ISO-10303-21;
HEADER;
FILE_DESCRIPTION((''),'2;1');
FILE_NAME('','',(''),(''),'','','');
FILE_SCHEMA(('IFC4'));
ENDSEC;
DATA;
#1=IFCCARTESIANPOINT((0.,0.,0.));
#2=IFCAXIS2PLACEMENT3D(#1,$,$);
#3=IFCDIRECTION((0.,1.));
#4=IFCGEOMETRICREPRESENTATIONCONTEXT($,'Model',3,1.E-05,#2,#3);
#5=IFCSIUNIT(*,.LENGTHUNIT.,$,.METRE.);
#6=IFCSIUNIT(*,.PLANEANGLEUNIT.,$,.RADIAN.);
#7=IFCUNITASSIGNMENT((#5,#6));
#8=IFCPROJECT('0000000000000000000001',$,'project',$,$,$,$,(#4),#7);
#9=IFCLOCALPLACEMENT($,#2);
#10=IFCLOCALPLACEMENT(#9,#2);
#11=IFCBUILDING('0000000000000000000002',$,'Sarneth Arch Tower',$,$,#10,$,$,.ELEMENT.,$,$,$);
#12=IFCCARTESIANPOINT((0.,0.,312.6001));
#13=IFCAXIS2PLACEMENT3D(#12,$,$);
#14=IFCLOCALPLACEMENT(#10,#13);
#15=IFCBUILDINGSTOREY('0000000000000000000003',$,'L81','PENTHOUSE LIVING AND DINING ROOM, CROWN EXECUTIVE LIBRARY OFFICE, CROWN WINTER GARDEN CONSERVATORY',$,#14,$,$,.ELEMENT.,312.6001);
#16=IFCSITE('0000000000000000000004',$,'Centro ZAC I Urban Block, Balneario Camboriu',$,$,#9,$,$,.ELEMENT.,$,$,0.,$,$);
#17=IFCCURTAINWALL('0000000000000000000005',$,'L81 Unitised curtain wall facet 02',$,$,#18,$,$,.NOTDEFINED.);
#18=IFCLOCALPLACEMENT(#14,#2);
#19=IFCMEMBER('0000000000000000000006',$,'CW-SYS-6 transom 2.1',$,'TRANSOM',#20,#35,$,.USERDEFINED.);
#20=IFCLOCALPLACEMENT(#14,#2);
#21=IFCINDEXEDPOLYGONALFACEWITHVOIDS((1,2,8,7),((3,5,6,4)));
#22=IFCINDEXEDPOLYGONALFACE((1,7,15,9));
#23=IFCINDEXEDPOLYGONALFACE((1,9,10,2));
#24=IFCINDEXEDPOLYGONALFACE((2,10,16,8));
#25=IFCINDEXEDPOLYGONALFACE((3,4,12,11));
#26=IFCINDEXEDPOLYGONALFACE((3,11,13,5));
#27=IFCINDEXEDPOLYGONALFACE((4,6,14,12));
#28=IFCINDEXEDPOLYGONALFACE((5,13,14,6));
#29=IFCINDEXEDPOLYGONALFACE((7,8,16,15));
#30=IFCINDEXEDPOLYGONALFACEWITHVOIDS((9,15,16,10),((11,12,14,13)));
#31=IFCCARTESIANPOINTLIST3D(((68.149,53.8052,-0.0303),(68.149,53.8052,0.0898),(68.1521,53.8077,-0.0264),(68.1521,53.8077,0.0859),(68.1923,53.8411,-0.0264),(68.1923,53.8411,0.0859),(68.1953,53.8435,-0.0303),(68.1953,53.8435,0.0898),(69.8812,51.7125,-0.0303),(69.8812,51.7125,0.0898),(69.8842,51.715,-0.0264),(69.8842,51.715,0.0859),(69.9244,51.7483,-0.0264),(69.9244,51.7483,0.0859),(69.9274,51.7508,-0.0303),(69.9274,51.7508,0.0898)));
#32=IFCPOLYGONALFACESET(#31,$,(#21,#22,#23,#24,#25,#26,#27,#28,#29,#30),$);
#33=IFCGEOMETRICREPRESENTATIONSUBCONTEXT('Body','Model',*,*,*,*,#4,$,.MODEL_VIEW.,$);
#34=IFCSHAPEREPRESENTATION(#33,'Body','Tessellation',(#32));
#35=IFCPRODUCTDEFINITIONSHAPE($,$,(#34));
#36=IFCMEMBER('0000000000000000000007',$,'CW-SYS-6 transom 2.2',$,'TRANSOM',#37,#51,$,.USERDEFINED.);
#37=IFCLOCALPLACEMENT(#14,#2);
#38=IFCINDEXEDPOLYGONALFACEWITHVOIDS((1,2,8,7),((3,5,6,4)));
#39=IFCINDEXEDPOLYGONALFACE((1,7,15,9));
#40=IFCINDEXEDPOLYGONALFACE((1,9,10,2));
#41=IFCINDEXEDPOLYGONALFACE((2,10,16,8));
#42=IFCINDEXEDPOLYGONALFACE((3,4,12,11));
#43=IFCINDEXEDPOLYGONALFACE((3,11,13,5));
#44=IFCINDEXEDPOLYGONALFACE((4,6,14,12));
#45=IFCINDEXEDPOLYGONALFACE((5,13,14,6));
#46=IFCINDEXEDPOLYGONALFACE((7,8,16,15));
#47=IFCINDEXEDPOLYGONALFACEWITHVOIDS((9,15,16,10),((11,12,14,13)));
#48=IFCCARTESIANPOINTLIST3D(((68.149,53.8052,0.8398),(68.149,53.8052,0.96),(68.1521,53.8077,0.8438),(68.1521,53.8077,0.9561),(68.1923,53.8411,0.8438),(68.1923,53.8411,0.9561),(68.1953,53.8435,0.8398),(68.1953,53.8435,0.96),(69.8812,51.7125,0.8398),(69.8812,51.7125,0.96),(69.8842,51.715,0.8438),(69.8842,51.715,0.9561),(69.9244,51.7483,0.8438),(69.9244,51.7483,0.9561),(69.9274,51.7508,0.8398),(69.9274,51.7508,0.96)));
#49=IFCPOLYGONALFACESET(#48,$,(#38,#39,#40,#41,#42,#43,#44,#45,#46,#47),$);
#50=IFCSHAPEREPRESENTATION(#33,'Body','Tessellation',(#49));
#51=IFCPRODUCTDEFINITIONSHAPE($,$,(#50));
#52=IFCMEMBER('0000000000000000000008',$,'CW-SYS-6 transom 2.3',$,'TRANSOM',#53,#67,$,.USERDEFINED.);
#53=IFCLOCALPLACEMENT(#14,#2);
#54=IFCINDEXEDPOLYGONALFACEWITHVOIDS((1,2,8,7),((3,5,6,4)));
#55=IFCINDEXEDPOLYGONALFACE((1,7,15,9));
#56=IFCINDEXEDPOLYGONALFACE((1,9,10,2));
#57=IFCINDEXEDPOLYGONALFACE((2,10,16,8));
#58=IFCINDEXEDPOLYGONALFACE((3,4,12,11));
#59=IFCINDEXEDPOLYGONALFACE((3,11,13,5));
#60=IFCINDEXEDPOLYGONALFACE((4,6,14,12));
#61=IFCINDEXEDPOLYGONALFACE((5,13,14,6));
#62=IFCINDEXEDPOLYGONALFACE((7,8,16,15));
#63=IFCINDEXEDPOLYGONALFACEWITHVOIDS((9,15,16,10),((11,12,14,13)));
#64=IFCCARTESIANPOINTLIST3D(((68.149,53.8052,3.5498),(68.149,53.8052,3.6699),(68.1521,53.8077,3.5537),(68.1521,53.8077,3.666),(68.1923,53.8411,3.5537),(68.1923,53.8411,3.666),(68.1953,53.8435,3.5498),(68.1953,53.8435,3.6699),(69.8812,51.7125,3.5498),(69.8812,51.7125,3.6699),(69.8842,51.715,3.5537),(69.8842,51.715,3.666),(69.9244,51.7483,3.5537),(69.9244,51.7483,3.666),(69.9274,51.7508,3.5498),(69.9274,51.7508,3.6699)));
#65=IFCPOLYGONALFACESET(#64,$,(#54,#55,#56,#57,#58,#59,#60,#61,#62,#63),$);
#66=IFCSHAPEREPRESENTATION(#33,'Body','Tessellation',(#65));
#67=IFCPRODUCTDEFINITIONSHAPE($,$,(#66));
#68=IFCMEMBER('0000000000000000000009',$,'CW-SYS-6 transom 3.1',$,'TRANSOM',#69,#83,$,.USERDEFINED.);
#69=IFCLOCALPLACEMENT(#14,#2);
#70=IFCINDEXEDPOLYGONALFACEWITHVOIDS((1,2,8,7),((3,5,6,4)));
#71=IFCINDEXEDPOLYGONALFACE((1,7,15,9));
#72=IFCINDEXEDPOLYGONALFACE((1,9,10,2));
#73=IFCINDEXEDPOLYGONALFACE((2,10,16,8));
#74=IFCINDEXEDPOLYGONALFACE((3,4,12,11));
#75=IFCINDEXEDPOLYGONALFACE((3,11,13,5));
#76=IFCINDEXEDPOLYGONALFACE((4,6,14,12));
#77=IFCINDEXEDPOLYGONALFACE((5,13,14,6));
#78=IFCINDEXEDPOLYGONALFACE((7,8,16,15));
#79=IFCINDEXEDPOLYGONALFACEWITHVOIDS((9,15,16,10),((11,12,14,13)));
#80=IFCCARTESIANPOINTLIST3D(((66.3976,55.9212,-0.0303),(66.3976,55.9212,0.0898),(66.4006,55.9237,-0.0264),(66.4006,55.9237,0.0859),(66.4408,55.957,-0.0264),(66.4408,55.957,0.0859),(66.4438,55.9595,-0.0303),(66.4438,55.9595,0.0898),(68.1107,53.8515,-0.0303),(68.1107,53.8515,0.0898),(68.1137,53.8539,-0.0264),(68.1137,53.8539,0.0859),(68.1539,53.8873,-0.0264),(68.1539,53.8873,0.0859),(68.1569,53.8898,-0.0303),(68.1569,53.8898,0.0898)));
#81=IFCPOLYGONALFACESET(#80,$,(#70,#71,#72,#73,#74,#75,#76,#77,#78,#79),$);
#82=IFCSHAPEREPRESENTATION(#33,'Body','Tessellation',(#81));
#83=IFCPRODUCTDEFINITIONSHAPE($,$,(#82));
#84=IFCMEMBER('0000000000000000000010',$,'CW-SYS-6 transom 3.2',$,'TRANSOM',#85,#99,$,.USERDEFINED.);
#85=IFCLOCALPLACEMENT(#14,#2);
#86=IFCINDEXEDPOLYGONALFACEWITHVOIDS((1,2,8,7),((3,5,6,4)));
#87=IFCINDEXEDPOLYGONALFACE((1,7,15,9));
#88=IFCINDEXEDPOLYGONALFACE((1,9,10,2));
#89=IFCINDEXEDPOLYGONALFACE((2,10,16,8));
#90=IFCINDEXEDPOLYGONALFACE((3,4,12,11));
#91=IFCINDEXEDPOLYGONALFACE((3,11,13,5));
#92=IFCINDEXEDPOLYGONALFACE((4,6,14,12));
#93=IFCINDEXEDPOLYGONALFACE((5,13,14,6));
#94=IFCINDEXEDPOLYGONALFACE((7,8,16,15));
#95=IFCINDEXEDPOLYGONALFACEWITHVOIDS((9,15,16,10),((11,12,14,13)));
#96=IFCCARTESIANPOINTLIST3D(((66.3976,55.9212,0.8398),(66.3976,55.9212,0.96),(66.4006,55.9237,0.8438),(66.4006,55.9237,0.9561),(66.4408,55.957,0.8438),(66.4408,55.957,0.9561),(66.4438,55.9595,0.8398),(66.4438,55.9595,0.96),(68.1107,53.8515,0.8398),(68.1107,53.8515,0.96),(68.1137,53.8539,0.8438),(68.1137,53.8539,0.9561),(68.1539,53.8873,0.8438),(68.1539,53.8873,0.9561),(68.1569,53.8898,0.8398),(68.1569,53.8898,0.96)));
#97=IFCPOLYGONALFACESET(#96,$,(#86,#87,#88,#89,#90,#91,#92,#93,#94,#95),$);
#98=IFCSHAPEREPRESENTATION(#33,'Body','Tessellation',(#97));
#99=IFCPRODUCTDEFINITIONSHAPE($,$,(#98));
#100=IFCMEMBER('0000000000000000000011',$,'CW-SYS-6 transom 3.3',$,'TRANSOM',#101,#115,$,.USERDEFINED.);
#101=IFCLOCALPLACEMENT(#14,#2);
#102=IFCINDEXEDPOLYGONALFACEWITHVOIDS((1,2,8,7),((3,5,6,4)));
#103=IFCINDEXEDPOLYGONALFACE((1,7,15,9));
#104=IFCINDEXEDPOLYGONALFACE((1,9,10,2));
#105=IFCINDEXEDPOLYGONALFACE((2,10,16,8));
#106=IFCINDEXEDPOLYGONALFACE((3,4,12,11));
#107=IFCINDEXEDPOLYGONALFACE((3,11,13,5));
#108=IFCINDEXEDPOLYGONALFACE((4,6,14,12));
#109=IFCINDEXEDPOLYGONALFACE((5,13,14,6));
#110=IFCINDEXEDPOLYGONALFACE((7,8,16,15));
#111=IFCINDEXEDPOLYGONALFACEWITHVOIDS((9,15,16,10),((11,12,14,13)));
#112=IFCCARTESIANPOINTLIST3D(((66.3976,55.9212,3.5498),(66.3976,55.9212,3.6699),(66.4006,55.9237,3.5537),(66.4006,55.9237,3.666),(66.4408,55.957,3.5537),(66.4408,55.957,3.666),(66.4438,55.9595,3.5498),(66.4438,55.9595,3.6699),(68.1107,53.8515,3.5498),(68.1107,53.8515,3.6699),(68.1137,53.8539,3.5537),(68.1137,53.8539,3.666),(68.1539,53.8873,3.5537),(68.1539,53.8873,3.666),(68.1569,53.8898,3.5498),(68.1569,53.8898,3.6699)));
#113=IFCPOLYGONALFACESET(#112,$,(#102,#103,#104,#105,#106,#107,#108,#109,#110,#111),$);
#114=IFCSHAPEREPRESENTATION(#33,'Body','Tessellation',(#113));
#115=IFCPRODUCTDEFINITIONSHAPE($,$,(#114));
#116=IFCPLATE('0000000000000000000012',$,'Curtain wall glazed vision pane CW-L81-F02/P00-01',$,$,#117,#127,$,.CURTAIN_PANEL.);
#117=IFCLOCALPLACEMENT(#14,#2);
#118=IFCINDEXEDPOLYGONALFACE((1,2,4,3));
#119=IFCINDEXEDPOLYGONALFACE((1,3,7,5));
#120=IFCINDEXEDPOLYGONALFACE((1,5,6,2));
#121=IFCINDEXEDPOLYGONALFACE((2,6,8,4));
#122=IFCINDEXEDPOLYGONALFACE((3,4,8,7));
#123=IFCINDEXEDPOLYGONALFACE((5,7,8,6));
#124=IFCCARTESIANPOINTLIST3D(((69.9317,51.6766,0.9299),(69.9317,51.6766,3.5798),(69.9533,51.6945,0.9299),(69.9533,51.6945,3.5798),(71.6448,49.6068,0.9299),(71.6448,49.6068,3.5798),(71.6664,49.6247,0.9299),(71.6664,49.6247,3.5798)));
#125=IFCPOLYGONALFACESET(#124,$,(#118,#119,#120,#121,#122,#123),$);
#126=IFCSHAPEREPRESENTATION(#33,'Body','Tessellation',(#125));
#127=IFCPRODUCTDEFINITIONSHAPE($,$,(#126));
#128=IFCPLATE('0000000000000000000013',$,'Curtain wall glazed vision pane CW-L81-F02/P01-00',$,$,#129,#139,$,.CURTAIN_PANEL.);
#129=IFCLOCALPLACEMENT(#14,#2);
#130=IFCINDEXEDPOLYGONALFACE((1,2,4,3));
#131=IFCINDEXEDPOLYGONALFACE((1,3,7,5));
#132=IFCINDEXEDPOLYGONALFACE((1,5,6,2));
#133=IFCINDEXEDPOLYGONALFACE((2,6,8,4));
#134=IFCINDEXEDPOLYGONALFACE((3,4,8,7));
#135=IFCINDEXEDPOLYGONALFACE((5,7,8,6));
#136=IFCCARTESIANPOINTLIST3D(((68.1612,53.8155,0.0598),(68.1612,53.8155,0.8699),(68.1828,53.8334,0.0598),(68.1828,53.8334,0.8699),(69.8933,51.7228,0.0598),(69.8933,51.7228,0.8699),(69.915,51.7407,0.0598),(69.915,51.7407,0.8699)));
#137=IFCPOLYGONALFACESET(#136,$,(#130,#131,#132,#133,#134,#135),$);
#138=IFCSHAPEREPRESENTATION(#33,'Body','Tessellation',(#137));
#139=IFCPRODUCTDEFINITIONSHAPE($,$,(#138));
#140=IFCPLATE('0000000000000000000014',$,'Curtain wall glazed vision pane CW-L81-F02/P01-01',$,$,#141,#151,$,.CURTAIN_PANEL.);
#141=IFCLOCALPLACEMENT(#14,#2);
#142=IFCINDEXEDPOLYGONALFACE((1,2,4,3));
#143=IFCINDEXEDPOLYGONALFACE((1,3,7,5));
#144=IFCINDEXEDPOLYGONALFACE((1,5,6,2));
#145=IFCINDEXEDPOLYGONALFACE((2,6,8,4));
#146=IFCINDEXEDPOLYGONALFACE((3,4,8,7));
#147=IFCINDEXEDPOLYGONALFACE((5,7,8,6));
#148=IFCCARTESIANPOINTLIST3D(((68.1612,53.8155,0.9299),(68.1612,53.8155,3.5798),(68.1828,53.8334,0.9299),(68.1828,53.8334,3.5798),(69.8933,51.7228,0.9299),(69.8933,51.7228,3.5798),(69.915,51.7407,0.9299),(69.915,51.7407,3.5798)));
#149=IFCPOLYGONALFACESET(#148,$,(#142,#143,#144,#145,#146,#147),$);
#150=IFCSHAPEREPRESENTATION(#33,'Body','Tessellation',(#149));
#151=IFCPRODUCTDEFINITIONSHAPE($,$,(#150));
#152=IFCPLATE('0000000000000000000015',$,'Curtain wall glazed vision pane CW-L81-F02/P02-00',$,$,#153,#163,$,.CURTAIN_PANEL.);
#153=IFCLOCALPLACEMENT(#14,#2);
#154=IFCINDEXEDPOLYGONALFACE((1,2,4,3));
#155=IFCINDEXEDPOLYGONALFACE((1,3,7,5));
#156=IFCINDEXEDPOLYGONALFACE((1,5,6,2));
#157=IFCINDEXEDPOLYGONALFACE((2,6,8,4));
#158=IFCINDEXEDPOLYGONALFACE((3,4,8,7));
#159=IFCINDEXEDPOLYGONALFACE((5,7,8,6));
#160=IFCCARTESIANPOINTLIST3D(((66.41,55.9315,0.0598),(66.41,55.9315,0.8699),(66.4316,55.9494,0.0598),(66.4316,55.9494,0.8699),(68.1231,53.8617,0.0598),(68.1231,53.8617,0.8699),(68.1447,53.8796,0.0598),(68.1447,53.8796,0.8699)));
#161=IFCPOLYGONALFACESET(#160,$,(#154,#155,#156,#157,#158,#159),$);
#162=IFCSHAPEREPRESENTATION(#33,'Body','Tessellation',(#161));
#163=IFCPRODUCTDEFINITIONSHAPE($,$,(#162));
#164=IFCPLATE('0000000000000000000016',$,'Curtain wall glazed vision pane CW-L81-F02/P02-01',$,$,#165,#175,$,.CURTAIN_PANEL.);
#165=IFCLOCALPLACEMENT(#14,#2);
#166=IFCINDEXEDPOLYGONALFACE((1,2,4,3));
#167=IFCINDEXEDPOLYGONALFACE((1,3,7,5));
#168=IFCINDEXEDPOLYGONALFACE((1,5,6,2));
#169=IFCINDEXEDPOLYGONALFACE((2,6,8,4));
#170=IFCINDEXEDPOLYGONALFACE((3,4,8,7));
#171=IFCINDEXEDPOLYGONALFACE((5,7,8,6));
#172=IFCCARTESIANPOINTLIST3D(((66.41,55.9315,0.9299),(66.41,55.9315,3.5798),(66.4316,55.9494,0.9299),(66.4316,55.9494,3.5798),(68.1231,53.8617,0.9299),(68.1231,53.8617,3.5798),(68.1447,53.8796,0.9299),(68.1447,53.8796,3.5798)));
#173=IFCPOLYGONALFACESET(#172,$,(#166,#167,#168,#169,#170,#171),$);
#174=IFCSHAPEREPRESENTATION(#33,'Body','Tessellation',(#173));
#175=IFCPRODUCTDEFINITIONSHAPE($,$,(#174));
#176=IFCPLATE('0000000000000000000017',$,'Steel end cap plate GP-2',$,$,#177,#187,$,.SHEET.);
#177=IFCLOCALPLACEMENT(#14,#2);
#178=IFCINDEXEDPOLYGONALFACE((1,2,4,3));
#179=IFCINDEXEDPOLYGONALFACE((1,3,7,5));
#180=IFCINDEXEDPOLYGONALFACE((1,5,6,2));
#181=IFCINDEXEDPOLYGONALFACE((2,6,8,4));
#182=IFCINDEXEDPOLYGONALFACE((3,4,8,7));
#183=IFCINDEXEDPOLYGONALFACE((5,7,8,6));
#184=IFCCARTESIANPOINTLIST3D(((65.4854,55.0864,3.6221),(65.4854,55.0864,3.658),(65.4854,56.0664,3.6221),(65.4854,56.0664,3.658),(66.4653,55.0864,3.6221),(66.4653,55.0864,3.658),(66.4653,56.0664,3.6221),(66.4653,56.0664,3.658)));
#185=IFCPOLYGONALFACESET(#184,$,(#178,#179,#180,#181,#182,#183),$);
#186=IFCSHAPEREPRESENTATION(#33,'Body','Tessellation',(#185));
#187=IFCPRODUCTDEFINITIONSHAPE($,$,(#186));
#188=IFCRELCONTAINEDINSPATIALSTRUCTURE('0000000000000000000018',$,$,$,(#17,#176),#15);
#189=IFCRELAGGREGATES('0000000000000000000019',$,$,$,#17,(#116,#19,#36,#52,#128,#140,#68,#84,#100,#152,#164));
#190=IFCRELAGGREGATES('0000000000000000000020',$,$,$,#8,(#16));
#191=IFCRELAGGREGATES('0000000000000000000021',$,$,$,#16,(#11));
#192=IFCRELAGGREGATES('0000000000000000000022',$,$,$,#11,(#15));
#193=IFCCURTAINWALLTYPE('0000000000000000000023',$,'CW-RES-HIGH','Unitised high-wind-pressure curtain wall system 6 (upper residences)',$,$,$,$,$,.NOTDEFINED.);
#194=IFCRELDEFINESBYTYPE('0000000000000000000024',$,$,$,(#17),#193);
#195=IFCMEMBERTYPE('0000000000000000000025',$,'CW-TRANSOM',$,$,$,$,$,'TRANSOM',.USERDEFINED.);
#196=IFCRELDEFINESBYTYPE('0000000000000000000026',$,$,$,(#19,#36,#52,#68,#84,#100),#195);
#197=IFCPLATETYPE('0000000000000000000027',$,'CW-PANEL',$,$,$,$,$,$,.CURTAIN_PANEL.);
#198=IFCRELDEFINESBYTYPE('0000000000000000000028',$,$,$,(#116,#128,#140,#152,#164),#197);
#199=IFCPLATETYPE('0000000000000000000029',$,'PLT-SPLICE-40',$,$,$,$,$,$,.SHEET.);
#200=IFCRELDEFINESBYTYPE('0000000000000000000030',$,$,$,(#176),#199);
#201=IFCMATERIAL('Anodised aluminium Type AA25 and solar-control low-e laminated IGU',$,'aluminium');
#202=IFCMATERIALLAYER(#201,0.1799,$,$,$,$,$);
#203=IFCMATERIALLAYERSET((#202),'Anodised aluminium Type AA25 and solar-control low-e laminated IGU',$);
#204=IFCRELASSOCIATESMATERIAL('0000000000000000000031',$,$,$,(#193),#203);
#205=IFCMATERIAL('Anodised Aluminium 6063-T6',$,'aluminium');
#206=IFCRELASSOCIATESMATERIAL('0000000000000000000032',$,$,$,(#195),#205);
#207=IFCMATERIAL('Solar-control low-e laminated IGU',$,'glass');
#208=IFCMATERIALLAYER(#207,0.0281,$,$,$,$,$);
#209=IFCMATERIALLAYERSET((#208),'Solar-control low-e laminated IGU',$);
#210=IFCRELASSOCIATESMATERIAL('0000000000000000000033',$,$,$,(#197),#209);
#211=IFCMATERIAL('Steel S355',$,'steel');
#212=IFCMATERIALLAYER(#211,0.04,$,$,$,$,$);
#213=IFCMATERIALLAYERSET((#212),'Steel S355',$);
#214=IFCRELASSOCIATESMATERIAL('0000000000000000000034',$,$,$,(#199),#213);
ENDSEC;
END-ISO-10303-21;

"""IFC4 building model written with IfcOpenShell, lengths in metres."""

from ifc_helpers import new_model, si_unit, direction, frame, origin, origin_2d, place, context, subcontext, project, spatial, rectangle, hollow_rectangle, extrude, material, layer, layer_set, material_profile, profile_set, type_object, element, aggregate, save


model = new_model("IFC4")

# Units and contexts
model_context = context("Model", 3, precision=1e-05, world=origin(), true_north=direction((0.0, 1.0)))
body_context = subcontext(model_context, "Body", "Model", "MODEL_VIEW")
ifc_project = project(units=[si_unit("LENGTHUNIT", "METRE"), si_unit("PLANEANGLEUNIT", "RADIAN")], contexts=[model_context])

# Site, building, storey
site_placement = place(None, origin())
site = spatial("IfcSite", under=ifc_project, at=site_placement, Name="Centro ZAC I Urban Block, Balneario Camboriu", CompositionType="ELEMENT", RefElevation=0.0)
building_placement = place(site_placement, origin())
building = spatial("IfcBuilding", under=site, at=building_placement, Name="Sarneth Arch Tower", CompositionType="ELEMENT")
storey_placement = place(building_placement, frame((0.0, 0.0, 312.6001)))
storey = spatial("IfcBuildingStorey", under=building, at=storey_placement, Name="L81", Description="PENTHOUSE LIVING AND DINING ROOM, CROWN EXECUTIVE LIBRARY OFFICE, CROWN WINTER GARDEN CONSERVATORY", CompositionType="ELEMENT", Elevation=312.6001)

# Curtain wall, members, plates
ifc_material_1 = material(Name="Anodised aluminium Type AA25 and solar-control low-e laminated IGU", Category="aluminium")
ifc_layer_1 = layer(ifc_material_1, 0.1799)
ifc_layer_set_1 = layer_set([ifc_layer_1], Name="Anodised aluminium Type AA25 and solar-control low-e laminated IGU")
curtain_wall_type = type_object("IfcCurtainWallType", Name="CW-RES-HIGH", Description="Unitised high-wind-pressure curtain wall system 6 (upper residences)", PredefinedType="NOTDEFINED", material=ifc_layer_set_1)
curtain_wall_placement = place(storey_placement, origin())
curtain_wall = element("IfcCurtainWall", 1, at=curtain_wall_placement, inside=storey, type_object=curtain_wall_type, Name="L81 Unitised curtain wall facet 02", PredefinedType="NOTDEFINED")
ifc_material_2 = material(Name="Anodised Aluminium 6063-T6", Category="aluminium")
ifc_material_profile_1 = material_profile(ifc_material_2, hollow_rectangle(XDim=0.0601, YDim=0.1201, WallThickness=0.0039, at=origin_2d()), Name="AL-TRAN-120x60x4")
ifc_profile_set_1 = profile_set([ifc_material_profile_1], Name="Anodised Aluminium 6063-T6")
member_type_1 = type_object("IfcMemberType", Name="CW-TRANSOM", ElementType="TRANSOM", PredefinedType="USERDEFINED", material=ifc_profile_set_1)
member_1_placement = place(storey_placement, frame((69.9043, 51.7317, 0.0298), z_axis=(-0.637617, 0.770353, 0.0), x_axis=(-0.770353, -0.637617, 0.0)))
member_1 = element("IfcMember", 2, at=member_1_placement, type_object=member_type_1, Name="CW-SYS-6 transom 2.1", ObjectType="TRANSOM", PredefinedType="USERDEFINED", context=body_context, shape_type="SweptSolid", body=[
    extrude(hollow_rectangle(XDim=0.0601, YDim=0.1201, WallThickness=0.0039, at=origin_2d()), origin(), (0.0, 0.0, 1.0), 2.7166),
])
member_2_placement = place(storey_placement, frame((69.9043, 51.7317, 0.8999), z_axis=(-0.637617, 0.770353, 0.0), x_axis=(-0.770353, -0.637617, 0.0)))
member_2 = element("IfcMember", 3, at=member_2_placement, type_object=member_type_1, Name="CW-SYS-6 transom 2.2", ObjectType="TRANSOM", PredefinedType="USERDEFINED", context=body_context, shape_type="SweptSolid", body=[
    extrude(hollow_rectangle(XDim=0.0601, YDim=0.1201, WallThickness=0.0039, at=origin_2d()), origin(), (0.0, 0.0, 1.0), 2.7166),
])
member_3_placement = place(storey_placement, frame((69.9043, 51.7317, 3.6099), z_axis=(-0.637617, 0.770353, 0.0), x_axis=(-0.770353, -0.637617, 0.0)))
member_3 = element("IfcMember", 4, at=member_3_placement, type_object=member_type_1, Name="CW-SYS-6 transom 2.3", ObjectType="TRANSOM", PredefinedType="USERDEFINED", context=body_context, shape_type="SweptSolid", body=[
    extrude(hollow_rectangle(XDim=0.0601, YDim=0.1201, WallThickness=0.0039, at=origin_2d()), origin(), (0.0, 0.0, 1.0), 2.7166),
])
member_4_placement = place(storey_placement, frame((68.1338, 53.8706, 0.0298), z_axis=(-0.637607, 0.770362, 0.0), x_axis=(-0.770362, -0.637607, 0.0)))
member_4 = element("IfcMember", 5, at=member_4_placement, type_object=member_type_1, Name="CW-SYS-6 transom 3.1", ObjectType="TRANSOM", PredefinedType="USERDEFINED", context=body_context, shape_type="SweptSolid", body=[
    extrude(hollow_rectangle(XDim=0.0601, YDim=0.1201, WallThickness=0.0039, at=origin_2d()), origin(), (0.0, 0.0, 1.0), 2.6868),
])
member_5_placement = place(storey_placement, frame((68.1338, 53.8706, 0.8999), z_axis=(-0.637607, 0.770362, 0.0), x_axis=(-0.770362, -0.637607, 0.0)))
member_5 = element("IfcMember", 6, at=member_5_placement, type_object=member_type_1, Name="CW-SYS-6 transom 3.2", ObjectType="TRANSOM", PredefinedType="USERDEFINED", context=body_context, shape_type="SweptSolid", body=[
    extrude(hollow_rectangle(XDim=0.0601, YDim=0.1201, WallThickness=0.0039, at=origin_2d()), origin(), (0.0, 0.0, 1.0), 2.6868),
])
member_6_placement = place(storey_placement, frame((68.1338, 53.8706, 3.6099), z_axis=(-0.637607, 0.770362, 0.0), x_axis=(-0.770362, -0.637607, 0.0)))
member_6 = element("IfcMember", 7, at=member_6_placement, type_object=member_type_1, Name="CW-SYS-6 transom 3.3", ObjectType="TRANSOM", PredefinedType="USERDEFINED", context=body_context, shape_type="SweptSolid", body=[
    extrude(hollow_rectangle(XDim=0.0601, YDim=0.1201, WallThickness=0.0039, at=origin_2d()), origin(), (0.0, 0.0, 1.0), 2.6868),
])
ifc_material_3 = material(Name="Solar-control low-e laminated IGU", Category="glass")
ifc_layer_2 = layer(ifc_material_3, 0.0281)
ifc_layer_set_2 = layer_set([ifc_layer_2], Name="Solar-control low-e laminated IGU")
plate_type_1 = type_object("IfcPlateType", Name="CW-PANEL", PredefinedType="CURTAIN_PANEL", material=ifc_layer_set_2)
plate_1_placement = place(storey_placement, frame((70.7991, 50.6506, 0.9299), z_axis=(0.0, 0.0, 1.0), x_axis=(-0.63761, 0.770359, 0.0)))
plate_1 = element("IfcPlate", 8, at=plate_1_placement, type_object=plate_type_1, Name="Curtain wall glazed vision pane CW-L81-F02/P00-01", PredefinedType="CURTAIN_PANEL", context=body_context, shape_type="SweptSolid", body=[
    extrude(rectangle(XDim=2.6868, YDim=0.0281, at=origin_2d()), origin(), (0.0, 0.0, 1.0), 2.6499),
])
plate_2_placement = place(storey_placement, frame((69.0381, 52.7781, 0.0598), z_axis=(0.0, 0.0, 1.0), x_axis=(-0.63761, 0.770359, 0.0)))
plate_2 = element("IfcPlate", 9, at=plate_2_placement, type_object=plate_type_1, Name="Curtain wall glazed vision pane CW-L81-F02/P01-00", PredefinedType="CURTAIN_PANEL", context=body_context, shape_type="SweptSolid", body=[
    extrude(rectangle(XDim=2.7166, YDim=0.0281, at=origin_2d()), origin(), (0.0, 0.0, 1.0), 0.8101),
])
plate_3_placement = place(storey_placement, frame((69.0381, 52.7781, 0.9299), z_axis=(0.0, 0.0, 1.0), x_axis=(-0.63761, 0.770359, 0.0)))
plate_3 = element("IfcPlate", 10, at=plate_3_placement, type_object=plate_type_1, Name="Curtain wall glazed vision pane CW-L81-F02/P01-01", PredefinedType="CURTAIN_PANEL", context=body_context, shape_type="SweptSolid", body=[
    extrude(rectangle(XDim=2.7166, YDim=0.0281, at=origin_2d()), origin(), (0.0, 0.0, 1.0), 2.6499),
])
plate_4_placement = place(storey_placement, frame((67.2773, 54.9055, 0.0598), z_axis=(0.0, 0.0, 1.0), x_axis=(-0.63761, 0.770359, 0.0)))
plate_4 = element("IfcPlate", 11, at=plate_4_placement, type_object=plate_type_1, Name="Curtain wall glazed vision pane CW-L81-F02/P02-00", PredefinedType="CURTAIN_PANEL", context=body_context, shape_type="SweptSolid", body=[
    extrude(rectangle(XDim=2.6868, YDim=0.0281, at=origin_2d()), origin(), (0.0, 0.0, 1.0), 0.8101),
])
plate_5_placement = place(storey_placement, frame((67.2773, 54.9055, 0.9299), z_axis=(0.0, 0.0, 1.0), x_axis=(-0.63761, 0.770359, 0.0)))
plate_5 = element("IfcPlate", 12, at=plate_5_placement, type_object=plate_type_1, Name="Curtain wall glazed vision pane CW-L81-F02/P02-01", PredefinedType="CURTAIN_PANEL", context=body_context, shape_type="SweptSolid", body=[
    extrude(rectangle(XDim=2.6868, YDim=0.0281, at=origin_2d()), origin(), (0.0, 0.0, 1.0), 2.6499),
])
aggregate(curtain_wall, [plate_1, member_1, member_2, member_3, plate_2, plate_3, member_4, member_5, member_6, plate_4, plate_5])

# Plate
ifc_material_4 = material(Name="Steel S355", Category="steel")
ifc_layer_3 = layer(ifc_material_4, 0.04)
ifc_layer_set_3 = layer_set([ifc_layer_3], Name="Steel S355")
plate_type_2 = type_object("IfcPlateType", Name="PLT-SPLICE-40", PredefinedType="SHEET", material=ifc_layer_set_3)
plate_6_placement = place(storey_placement, frame((65.9753, 55.5764, 3.6221), z_axis=(0.0, 0.0, 1.0), x_axis=(1.0, 0.0, 0.0)))
element("IfcPlate", 13, at=plate_6_placement, inside=storey, type_object=plate_type_2, Name="Steel end cap plate GP-2", PredefinedType="SHEET", context=body_context, shape_type="SweptSolid", body=[
    extrude(rectangle(XDim=0.98, YDim=0.98, at=origin_2d()), origin(), (0.0, 0.0, 1.0), 0.0359),
])

save(model, "model.ifc")
